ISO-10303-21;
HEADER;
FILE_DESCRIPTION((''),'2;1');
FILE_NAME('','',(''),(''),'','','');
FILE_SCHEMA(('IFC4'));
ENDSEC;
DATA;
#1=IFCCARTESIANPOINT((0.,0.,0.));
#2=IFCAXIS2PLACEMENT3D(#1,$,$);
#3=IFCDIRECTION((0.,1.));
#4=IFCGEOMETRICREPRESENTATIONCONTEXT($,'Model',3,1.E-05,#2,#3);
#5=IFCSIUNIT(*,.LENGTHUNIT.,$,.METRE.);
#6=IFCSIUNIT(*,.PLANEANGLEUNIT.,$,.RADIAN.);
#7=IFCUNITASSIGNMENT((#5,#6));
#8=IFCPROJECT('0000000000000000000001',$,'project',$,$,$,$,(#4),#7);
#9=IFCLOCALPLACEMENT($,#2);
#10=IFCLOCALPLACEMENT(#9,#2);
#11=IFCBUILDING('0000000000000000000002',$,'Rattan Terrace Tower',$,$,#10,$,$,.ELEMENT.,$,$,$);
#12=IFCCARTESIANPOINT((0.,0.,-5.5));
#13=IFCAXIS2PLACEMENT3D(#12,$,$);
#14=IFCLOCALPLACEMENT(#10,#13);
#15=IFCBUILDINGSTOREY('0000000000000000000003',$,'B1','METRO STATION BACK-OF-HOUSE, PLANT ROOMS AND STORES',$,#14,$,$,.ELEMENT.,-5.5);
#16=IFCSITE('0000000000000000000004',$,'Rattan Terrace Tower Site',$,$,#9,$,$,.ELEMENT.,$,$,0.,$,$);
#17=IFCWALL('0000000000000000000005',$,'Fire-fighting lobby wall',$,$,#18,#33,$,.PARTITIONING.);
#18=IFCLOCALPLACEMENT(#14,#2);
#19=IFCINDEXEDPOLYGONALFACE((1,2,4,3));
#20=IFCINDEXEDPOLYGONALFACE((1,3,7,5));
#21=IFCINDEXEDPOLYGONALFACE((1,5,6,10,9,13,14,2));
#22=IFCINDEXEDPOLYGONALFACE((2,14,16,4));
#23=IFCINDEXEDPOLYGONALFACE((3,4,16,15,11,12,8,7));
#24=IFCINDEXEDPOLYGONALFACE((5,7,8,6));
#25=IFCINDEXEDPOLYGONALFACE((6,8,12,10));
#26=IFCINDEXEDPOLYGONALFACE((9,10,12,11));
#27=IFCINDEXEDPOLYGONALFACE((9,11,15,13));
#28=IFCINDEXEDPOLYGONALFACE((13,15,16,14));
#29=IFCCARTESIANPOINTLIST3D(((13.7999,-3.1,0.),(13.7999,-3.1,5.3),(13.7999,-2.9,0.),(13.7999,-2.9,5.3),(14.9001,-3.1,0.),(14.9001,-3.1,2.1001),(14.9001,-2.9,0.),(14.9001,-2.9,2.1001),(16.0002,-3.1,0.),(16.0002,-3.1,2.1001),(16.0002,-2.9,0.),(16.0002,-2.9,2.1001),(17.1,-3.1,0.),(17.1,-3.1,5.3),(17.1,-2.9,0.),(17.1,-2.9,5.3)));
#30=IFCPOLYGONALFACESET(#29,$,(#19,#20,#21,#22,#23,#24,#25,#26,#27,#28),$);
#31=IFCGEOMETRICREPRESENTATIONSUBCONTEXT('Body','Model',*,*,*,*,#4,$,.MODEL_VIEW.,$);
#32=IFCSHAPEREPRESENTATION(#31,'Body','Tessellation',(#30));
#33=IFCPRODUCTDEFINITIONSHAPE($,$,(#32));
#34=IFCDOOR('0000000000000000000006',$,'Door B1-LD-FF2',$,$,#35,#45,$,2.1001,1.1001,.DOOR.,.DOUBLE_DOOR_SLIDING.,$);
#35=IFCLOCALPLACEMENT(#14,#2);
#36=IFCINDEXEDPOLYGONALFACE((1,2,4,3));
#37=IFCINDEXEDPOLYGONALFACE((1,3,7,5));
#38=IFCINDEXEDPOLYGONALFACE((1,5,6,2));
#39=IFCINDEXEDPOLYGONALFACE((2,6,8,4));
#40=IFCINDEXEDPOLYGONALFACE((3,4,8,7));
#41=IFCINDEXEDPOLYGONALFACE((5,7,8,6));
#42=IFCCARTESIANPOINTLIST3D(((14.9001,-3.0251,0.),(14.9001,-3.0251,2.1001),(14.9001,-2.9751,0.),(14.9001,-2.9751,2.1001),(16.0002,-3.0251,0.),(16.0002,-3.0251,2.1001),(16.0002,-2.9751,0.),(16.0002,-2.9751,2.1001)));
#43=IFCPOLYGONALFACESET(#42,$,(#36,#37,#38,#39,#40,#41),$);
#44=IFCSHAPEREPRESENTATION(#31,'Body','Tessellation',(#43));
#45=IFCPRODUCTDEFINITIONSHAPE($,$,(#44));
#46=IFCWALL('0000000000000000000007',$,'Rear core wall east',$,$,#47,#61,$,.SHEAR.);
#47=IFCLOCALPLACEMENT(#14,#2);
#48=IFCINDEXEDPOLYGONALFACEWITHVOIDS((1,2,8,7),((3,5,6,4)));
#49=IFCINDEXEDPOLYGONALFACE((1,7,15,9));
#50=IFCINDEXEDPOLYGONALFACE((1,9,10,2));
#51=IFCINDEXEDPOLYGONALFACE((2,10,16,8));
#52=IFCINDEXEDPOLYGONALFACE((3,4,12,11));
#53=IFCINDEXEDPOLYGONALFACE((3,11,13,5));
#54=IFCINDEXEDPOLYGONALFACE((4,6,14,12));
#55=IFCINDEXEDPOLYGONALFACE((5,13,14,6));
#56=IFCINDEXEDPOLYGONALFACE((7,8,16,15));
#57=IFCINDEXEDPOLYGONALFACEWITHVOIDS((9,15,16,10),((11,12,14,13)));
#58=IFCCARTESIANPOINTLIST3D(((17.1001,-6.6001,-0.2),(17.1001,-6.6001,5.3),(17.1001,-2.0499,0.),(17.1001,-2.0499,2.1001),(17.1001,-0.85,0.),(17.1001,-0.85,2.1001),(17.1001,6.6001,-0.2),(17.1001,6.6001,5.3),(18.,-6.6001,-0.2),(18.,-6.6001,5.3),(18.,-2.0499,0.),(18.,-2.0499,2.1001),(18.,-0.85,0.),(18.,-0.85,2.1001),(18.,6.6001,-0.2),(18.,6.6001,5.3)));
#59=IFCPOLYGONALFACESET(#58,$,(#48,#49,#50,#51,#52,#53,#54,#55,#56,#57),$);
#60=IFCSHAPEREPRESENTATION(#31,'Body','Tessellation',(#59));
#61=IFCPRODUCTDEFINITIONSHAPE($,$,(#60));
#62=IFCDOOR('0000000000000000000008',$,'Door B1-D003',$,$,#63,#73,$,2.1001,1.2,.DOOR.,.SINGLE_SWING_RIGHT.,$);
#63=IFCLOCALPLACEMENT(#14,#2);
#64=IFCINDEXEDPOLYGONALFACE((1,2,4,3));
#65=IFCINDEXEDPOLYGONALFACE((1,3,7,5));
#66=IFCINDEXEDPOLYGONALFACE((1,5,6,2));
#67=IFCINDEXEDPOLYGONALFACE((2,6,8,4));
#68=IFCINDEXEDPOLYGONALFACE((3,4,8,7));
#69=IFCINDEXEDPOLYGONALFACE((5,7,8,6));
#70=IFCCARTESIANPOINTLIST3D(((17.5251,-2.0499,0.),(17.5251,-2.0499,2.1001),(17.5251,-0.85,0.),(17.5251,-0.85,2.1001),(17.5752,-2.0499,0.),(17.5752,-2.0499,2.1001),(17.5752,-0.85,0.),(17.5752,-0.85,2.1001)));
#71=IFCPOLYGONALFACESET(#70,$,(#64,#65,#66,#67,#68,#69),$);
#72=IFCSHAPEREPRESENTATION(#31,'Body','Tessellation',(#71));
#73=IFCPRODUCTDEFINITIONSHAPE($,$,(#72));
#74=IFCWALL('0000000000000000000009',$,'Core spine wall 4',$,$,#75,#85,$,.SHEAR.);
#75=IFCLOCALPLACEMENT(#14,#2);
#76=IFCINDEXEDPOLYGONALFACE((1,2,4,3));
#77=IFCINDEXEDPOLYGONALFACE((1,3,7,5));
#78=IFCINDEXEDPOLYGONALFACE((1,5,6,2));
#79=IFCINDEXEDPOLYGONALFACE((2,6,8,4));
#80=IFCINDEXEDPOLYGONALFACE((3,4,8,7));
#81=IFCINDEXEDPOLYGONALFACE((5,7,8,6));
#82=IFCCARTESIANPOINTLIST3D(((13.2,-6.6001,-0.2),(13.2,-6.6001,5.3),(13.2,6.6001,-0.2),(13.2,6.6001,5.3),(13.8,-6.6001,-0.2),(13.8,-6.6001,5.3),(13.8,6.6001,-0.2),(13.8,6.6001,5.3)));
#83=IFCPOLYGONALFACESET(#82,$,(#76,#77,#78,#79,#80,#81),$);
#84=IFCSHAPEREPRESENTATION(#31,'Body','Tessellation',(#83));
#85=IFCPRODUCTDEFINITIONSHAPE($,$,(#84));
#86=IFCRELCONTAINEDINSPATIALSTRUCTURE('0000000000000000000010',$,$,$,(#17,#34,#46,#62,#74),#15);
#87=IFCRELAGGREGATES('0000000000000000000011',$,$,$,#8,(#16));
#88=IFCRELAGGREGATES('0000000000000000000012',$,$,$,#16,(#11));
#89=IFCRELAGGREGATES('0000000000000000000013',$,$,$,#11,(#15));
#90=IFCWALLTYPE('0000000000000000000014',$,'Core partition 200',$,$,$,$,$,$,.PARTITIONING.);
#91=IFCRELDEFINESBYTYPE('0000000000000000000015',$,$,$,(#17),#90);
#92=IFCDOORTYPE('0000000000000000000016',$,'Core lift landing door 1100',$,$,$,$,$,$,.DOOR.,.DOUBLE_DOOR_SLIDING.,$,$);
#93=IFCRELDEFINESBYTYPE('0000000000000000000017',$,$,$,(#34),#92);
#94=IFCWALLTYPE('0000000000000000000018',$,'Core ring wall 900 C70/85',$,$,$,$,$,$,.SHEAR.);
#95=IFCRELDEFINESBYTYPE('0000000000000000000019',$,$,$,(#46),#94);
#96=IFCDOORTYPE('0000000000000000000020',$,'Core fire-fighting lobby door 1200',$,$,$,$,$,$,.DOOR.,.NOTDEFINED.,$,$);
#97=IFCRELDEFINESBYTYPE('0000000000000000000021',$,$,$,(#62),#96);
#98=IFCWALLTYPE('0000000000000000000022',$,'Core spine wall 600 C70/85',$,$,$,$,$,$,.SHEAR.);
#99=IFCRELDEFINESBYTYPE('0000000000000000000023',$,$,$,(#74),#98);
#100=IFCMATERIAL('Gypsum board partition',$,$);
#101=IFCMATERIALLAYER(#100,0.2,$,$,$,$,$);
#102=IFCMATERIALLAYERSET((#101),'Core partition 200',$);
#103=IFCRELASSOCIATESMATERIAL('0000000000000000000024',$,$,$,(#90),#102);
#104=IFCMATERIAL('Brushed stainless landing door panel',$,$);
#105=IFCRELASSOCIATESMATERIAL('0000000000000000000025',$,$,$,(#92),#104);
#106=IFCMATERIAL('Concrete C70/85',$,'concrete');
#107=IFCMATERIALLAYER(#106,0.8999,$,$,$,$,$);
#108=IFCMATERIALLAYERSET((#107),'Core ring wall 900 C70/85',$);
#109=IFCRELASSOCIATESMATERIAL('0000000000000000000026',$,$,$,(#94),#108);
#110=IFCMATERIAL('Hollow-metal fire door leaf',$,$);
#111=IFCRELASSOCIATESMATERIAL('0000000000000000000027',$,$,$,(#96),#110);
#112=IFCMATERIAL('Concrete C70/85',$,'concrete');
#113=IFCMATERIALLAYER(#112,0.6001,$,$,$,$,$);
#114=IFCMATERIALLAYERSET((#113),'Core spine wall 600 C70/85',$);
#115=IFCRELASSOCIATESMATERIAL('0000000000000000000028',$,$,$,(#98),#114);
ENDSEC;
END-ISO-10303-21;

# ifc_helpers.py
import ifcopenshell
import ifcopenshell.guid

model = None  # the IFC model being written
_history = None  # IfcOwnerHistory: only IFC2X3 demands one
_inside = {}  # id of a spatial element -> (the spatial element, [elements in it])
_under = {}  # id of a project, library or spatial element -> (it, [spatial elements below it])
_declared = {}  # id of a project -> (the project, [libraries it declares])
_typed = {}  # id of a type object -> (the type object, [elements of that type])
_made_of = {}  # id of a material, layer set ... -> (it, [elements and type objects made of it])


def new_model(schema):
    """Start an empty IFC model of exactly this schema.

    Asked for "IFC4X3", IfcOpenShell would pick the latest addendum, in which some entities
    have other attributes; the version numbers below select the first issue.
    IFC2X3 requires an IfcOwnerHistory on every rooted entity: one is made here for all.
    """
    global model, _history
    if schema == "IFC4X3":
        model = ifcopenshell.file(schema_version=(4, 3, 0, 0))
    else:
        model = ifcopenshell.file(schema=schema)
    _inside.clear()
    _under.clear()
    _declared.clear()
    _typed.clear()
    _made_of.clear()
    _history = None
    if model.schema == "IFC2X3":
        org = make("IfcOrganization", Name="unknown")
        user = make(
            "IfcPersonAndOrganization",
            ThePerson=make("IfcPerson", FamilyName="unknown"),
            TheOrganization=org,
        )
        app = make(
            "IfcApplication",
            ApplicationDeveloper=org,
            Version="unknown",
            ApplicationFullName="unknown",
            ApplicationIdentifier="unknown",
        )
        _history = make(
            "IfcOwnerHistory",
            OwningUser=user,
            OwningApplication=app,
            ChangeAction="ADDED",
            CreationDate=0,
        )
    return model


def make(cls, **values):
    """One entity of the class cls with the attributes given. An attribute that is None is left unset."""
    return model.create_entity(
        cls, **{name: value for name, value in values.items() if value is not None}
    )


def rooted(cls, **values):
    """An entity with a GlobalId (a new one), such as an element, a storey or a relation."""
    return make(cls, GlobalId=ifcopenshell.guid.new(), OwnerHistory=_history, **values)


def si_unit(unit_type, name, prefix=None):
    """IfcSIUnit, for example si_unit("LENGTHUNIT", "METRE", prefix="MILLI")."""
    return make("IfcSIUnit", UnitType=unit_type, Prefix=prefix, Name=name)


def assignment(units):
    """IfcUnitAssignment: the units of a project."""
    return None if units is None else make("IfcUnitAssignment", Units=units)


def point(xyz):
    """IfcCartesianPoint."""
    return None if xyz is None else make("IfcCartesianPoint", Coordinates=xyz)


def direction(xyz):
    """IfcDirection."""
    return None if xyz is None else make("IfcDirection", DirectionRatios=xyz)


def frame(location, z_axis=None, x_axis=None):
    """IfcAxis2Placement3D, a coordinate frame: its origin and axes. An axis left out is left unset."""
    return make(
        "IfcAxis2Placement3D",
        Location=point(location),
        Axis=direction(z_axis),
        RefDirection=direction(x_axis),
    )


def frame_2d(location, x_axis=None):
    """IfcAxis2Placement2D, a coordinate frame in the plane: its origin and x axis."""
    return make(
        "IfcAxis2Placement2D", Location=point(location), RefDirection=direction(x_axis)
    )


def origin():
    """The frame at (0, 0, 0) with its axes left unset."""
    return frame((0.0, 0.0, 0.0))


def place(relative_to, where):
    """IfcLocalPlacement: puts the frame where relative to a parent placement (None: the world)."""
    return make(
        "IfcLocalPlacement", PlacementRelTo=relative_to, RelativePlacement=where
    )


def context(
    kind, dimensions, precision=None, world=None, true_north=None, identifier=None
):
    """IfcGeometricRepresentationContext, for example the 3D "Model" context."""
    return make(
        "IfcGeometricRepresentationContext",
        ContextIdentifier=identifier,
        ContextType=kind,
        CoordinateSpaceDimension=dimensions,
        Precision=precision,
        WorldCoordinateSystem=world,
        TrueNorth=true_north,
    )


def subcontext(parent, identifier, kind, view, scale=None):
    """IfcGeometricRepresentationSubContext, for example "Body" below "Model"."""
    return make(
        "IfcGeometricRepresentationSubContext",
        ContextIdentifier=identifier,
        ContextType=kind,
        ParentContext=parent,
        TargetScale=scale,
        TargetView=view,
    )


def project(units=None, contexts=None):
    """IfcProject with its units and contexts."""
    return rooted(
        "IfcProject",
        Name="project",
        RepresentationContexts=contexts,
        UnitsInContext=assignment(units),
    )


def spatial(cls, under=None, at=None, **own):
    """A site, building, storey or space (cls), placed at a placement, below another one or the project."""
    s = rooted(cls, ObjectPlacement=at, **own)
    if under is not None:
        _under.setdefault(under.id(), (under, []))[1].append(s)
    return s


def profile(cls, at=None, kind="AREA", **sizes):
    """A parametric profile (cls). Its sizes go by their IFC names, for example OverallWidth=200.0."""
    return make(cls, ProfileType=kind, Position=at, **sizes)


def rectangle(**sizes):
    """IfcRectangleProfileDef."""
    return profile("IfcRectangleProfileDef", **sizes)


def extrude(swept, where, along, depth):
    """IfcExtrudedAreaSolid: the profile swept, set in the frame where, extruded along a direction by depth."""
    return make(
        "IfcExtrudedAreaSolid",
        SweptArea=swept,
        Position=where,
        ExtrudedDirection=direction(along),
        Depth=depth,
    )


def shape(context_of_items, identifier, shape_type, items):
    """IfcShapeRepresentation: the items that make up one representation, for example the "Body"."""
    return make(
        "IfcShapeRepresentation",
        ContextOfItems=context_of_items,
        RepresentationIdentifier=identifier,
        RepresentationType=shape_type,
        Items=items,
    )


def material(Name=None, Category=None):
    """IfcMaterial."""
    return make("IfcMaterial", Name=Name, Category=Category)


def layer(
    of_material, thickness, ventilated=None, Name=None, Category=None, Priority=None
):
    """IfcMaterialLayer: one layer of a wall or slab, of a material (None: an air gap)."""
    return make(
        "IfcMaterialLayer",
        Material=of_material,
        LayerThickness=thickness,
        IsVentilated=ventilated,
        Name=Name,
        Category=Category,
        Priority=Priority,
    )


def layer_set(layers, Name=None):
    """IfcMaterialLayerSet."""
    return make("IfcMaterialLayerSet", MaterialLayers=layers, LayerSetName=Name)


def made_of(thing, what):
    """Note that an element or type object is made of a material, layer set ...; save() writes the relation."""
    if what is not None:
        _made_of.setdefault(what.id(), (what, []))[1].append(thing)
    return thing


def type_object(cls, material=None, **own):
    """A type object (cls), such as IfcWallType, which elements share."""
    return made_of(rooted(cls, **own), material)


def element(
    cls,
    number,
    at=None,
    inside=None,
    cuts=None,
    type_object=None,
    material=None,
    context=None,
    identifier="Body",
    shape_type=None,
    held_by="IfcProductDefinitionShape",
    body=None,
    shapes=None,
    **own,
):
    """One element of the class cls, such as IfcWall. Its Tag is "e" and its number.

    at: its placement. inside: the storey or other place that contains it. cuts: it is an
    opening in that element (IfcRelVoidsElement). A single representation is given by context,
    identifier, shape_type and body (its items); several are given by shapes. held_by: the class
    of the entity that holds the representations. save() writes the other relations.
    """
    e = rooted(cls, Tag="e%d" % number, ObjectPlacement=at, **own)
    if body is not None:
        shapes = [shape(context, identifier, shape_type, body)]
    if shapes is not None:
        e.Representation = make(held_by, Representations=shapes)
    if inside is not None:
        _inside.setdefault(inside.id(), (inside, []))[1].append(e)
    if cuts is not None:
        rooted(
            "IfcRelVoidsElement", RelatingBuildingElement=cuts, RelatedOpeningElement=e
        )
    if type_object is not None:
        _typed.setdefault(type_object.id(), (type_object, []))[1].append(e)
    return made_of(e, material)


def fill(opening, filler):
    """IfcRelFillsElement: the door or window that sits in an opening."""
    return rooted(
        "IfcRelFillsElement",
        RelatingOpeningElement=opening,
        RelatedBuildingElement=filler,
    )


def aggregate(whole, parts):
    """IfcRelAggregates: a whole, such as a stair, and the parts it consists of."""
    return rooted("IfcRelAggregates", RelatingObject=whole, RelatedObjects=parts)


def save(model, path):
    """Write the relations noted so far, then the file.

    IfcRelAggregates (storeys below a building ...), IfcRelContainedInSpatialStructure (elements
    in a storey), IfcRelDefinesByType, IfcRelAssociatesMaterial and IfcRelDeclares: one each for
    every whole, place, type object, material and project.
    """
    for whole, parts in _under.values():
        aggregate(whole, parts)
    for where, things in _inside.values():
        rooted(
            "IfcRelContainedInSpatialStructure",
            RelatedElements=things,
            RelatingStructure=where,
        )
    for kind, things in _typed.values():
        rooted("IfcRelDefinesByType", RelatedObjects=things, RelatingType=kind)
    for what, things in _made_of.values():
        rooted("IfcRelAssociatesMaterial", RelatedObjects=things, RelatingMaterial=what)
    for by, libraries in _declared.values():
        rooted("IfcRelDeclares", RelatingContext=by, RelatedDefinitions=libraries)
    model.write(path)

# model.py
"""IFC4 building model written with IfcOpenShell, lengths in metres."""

from ifc_helpers import new_model, si_unit, direction, frame, frame_2d, origin, place, context, subcontext, project, spatial, rectangle, extrude, material, layer, layer_set, type_object, element, fill, save


model = new_model("IFC4")

# Units and contexts
model_context = context("Model", 3, precision=1e-05, world=origin(), true_north=direction((0.0, 1.0)))
body_context = subcontext(model_context, "Body", "Model", "MODEL_VIEW")
ifc_project = project(units=[si_unit("LENGTHUNIT", "METRE"), si_unit("PLANEANGLEUNIT", "RADIAN")], contexts=[model_context])

# Site, building, storey
site_placement = place(None, origin())
site = spatial("IfcSite", under=ifc_project, at=site_placement, Name="Rattan Terrace Tower Site", CompositionType="ELEMENT", RefElevation=0.0)
building_placement = place(site_placement, origin())
building = spatial("IfcBuilding", under=site, at=building_placement, Name="Rattan Terrace Tower", CompositionType="ELEMENT")
storey_placement = place(building_placement, frame((0.0, 0.0, -5.5)))
storey = spatial("IfcBuildingStorey", under=building, at=storey_placement, Name="B1", Description="METRO STATION BACK-OF-HOUSE, PLANT ROOMS AND STORES", CompositionType="ELEMENT", Elevation=-5.5)

# Walls, openings, doors
ifc_material_1 = material(Name="Gypsum board partition")
ifc_layer_1 = layer(ifc_material_1, 0.2)
ifc_layer_set_1 = layer_set([ifc_layer_1], Name="Core partition 200")
wall_type_1 = type_object("IfcWallType", Name="Core partition 200", PredefinedType="PARTITIONING", material=ifc_layer_set_1)
wall_1_placement = place(storey_placement, frame((13.8, -3.0, 0.0), z_axis=(0.0, 0.0, 1.0), x_axis=(1.0, 0.0, 0.0)))
wall_1 = element("IfcWall", 1, at=wall_1_placement, inside=storey, type_object=wall_type_1, Name="Fire-fighting lobby wall", PredefinedType="PARTITIONING", context=body_context, shape_type="SweptSolid", body=[
    extrude(rectangle(XDim=3.3, YDim=0.2, at=frame_2d((1.6499, 0.0))), origin(), (0.0, 0.0, 1.0), 5.3),
])
opening_1_placement = place(wall_1_placement, frame((1.1001, 0.0, 0.0)))
opening_1 = element("IfcOpeningElement", 2, at=opening_1_placement, cuts=wall_1, PredefinedType="OPENING", context=body_context, shape_type="SweptSolid", body=[
    extrude(rectangle(XDim=1.1001, YDim=2.1001, at=frame_2d((0.55, 1.05))), frame((0.0, 0.1106, 0.0), z_axis=(0.0, -1.0, 0.0), x_axis=(1.0, 0.0, 0.0)), (0.0, 0.0, 1.0), 0.2209),
])
ifc_material_2 = material(Name="Brushed stainless landing door panel")
door_type_1 = type_object("IfcDoorType", Name="Core lift landing door 1100", OperationType="DOUBLE_DOOR_SLIDING", PredefinedType="DOOR", material=ifc_material_2)
door_1_placement = place(opening_1_placement, origin())
door_1 = element("IfcDoor", 3, at=door_1_placement, inside=storey, type_object=door_type_1, Name="Door B1-LD-FF2", OperationType="DOUBLE_DOOR_SLIDING", OverallHeight=2.1001, OverallWidth=1.1001, PredefinedType="DOOR", context=body_context, shape_type="SweptSolid", body=[
    extrude(rectangle(XDim=1.1001, YDim=2.1001, at=frame_2d((0.55, 1.05))), frame((0.0, 0.0249, 0.0), z_axis=(0.0, -1.0, 0.0), x_axis=(1.0, 0.0, 0.0)), (0.0, 0.0, 1.0), 0.05),
])
fill(opening_1, door_1)
ifc_material_3 = material(Name="Concrete C70/85", Category="concrete")
ifc_layer_2 = layer(ifc_material_3, 0.8999)
ifc_layer_set_2 = layer_set([ifc_layer_2], Name="Core ring wall 900 C70/85")
wall_type_2 = type_object("IfcWallType", Name="Core ring wall 900 C70/85", PredefinedType="SHEAR", material=ifc_layer_set_2)
wall_2_placement = place(storey_placement, frame((17.55, -6.6001, -0.2), z_axis=(0.0, 0.0, 1.0), x_axis=(0.0, 1.0, 0.0)))
wall_2 = element("IfcWall", 4, at=wall_2_placement, inside=storey, type_object=wall_type_2, Name="Rear core wall east", PredefinedType="SHEAR", context=body_context, shape_type="SweptSolid", body=[
    extrude(rectangle(XDim=13.2002, YDim=0.8999, at=frame_2d((6.6001, 0.0))), origin(), (0.0, 0.0, 1.0), 5.5),
])
opening_2_placement = place(wall_2_placement, frame((4.55, 0.0, 0.2)))
opening_2 = element("IfcOpeningElement", 5, at=opening_2_placement, cuts=wall_2, PredefinedType="OPENING", context=body_context, shape_type="SweptSolid", body=[
    extrude(rectangle(XDim=1.2, YDim=2.1001, at=frame_2d((0.6001, 1.05))), frame((0.0, 0.4604, 0.0), z_axis=(0.0, -1.0, 0.0), x_axis=(1.0, 0.0, 0.0)), (0.0, 0.0, 1.0), 0.9209),
])
ifc_material_4 = material(Name="Hollow-metal fire door leaf")
door_type_2 = type_object("IfcDoorType", Name="Core fire-fighting lobby door 1200", OperationType="NOTDEFINED", PredefinedType="DOOR", material=ifc_material_4)
door_2_placement = place(opening_2_placement, origin())
door_2 = element("IfcDoor", 6, at=door_2_placement, inside=storey, type_object=door_type_2, Name="Door B1-D003", OperationType="SINGLE_SWING_RIGHT", OverallHeight=2.1001, OverallWidth=1.2, PredefinedType="DOOR", context=body_context, shape_type="SweptSolid", body=[
    extrude(rectangle(XDim=1.2, YDim=2.1001, at=frame_2d((0.6001, 1.05))), frame((0.0, 0.0249, 0.0), z_axis=(0.0, -1.0, 0.0), x_axis=(1.0, 0.0, 0.0)), (0.0, 0.0, 1.0), 0.05),
])
fill(opening_2, door_2)

# Wall
ifc_material_5 = material(Name="Concrete C70/85", Category="concrete")
ifc_layer_3 = layer(ifc_material_5, 0.6001)
ifc_layer_set_3 = layer_set([ifc_layer_3], Name="Core spine wall 600 C70/85")
wall_type_3 = type_object("IfcWallType", Name="Core spine wall 600 C70/85", PredefinedType="SHEAR", material=ifc_layer_set_3)
wall_3_placement = place(storey_placement, frame((13.5, -6.6001, -0.2), z_axis=(0.0, 0.0, 1.0), x_axis=(0.0, 1.0, 0.0)))
element("IfcWall", 7, at=wall_3_placement, inside=storey, type_object=wall_type_3, Name="Core spine wall 4", PredefinedType="SHEAR", context=body_context, shape_type="SweptSolid", body=[
    extrude(rectangle(XDim=13.2002, YDim=0.6001, at=frame_2d((6.6001, 0.0))), origin(), (0.0, 0.0, 1.0), 5.5),
])

save(model, "model.ifc")
